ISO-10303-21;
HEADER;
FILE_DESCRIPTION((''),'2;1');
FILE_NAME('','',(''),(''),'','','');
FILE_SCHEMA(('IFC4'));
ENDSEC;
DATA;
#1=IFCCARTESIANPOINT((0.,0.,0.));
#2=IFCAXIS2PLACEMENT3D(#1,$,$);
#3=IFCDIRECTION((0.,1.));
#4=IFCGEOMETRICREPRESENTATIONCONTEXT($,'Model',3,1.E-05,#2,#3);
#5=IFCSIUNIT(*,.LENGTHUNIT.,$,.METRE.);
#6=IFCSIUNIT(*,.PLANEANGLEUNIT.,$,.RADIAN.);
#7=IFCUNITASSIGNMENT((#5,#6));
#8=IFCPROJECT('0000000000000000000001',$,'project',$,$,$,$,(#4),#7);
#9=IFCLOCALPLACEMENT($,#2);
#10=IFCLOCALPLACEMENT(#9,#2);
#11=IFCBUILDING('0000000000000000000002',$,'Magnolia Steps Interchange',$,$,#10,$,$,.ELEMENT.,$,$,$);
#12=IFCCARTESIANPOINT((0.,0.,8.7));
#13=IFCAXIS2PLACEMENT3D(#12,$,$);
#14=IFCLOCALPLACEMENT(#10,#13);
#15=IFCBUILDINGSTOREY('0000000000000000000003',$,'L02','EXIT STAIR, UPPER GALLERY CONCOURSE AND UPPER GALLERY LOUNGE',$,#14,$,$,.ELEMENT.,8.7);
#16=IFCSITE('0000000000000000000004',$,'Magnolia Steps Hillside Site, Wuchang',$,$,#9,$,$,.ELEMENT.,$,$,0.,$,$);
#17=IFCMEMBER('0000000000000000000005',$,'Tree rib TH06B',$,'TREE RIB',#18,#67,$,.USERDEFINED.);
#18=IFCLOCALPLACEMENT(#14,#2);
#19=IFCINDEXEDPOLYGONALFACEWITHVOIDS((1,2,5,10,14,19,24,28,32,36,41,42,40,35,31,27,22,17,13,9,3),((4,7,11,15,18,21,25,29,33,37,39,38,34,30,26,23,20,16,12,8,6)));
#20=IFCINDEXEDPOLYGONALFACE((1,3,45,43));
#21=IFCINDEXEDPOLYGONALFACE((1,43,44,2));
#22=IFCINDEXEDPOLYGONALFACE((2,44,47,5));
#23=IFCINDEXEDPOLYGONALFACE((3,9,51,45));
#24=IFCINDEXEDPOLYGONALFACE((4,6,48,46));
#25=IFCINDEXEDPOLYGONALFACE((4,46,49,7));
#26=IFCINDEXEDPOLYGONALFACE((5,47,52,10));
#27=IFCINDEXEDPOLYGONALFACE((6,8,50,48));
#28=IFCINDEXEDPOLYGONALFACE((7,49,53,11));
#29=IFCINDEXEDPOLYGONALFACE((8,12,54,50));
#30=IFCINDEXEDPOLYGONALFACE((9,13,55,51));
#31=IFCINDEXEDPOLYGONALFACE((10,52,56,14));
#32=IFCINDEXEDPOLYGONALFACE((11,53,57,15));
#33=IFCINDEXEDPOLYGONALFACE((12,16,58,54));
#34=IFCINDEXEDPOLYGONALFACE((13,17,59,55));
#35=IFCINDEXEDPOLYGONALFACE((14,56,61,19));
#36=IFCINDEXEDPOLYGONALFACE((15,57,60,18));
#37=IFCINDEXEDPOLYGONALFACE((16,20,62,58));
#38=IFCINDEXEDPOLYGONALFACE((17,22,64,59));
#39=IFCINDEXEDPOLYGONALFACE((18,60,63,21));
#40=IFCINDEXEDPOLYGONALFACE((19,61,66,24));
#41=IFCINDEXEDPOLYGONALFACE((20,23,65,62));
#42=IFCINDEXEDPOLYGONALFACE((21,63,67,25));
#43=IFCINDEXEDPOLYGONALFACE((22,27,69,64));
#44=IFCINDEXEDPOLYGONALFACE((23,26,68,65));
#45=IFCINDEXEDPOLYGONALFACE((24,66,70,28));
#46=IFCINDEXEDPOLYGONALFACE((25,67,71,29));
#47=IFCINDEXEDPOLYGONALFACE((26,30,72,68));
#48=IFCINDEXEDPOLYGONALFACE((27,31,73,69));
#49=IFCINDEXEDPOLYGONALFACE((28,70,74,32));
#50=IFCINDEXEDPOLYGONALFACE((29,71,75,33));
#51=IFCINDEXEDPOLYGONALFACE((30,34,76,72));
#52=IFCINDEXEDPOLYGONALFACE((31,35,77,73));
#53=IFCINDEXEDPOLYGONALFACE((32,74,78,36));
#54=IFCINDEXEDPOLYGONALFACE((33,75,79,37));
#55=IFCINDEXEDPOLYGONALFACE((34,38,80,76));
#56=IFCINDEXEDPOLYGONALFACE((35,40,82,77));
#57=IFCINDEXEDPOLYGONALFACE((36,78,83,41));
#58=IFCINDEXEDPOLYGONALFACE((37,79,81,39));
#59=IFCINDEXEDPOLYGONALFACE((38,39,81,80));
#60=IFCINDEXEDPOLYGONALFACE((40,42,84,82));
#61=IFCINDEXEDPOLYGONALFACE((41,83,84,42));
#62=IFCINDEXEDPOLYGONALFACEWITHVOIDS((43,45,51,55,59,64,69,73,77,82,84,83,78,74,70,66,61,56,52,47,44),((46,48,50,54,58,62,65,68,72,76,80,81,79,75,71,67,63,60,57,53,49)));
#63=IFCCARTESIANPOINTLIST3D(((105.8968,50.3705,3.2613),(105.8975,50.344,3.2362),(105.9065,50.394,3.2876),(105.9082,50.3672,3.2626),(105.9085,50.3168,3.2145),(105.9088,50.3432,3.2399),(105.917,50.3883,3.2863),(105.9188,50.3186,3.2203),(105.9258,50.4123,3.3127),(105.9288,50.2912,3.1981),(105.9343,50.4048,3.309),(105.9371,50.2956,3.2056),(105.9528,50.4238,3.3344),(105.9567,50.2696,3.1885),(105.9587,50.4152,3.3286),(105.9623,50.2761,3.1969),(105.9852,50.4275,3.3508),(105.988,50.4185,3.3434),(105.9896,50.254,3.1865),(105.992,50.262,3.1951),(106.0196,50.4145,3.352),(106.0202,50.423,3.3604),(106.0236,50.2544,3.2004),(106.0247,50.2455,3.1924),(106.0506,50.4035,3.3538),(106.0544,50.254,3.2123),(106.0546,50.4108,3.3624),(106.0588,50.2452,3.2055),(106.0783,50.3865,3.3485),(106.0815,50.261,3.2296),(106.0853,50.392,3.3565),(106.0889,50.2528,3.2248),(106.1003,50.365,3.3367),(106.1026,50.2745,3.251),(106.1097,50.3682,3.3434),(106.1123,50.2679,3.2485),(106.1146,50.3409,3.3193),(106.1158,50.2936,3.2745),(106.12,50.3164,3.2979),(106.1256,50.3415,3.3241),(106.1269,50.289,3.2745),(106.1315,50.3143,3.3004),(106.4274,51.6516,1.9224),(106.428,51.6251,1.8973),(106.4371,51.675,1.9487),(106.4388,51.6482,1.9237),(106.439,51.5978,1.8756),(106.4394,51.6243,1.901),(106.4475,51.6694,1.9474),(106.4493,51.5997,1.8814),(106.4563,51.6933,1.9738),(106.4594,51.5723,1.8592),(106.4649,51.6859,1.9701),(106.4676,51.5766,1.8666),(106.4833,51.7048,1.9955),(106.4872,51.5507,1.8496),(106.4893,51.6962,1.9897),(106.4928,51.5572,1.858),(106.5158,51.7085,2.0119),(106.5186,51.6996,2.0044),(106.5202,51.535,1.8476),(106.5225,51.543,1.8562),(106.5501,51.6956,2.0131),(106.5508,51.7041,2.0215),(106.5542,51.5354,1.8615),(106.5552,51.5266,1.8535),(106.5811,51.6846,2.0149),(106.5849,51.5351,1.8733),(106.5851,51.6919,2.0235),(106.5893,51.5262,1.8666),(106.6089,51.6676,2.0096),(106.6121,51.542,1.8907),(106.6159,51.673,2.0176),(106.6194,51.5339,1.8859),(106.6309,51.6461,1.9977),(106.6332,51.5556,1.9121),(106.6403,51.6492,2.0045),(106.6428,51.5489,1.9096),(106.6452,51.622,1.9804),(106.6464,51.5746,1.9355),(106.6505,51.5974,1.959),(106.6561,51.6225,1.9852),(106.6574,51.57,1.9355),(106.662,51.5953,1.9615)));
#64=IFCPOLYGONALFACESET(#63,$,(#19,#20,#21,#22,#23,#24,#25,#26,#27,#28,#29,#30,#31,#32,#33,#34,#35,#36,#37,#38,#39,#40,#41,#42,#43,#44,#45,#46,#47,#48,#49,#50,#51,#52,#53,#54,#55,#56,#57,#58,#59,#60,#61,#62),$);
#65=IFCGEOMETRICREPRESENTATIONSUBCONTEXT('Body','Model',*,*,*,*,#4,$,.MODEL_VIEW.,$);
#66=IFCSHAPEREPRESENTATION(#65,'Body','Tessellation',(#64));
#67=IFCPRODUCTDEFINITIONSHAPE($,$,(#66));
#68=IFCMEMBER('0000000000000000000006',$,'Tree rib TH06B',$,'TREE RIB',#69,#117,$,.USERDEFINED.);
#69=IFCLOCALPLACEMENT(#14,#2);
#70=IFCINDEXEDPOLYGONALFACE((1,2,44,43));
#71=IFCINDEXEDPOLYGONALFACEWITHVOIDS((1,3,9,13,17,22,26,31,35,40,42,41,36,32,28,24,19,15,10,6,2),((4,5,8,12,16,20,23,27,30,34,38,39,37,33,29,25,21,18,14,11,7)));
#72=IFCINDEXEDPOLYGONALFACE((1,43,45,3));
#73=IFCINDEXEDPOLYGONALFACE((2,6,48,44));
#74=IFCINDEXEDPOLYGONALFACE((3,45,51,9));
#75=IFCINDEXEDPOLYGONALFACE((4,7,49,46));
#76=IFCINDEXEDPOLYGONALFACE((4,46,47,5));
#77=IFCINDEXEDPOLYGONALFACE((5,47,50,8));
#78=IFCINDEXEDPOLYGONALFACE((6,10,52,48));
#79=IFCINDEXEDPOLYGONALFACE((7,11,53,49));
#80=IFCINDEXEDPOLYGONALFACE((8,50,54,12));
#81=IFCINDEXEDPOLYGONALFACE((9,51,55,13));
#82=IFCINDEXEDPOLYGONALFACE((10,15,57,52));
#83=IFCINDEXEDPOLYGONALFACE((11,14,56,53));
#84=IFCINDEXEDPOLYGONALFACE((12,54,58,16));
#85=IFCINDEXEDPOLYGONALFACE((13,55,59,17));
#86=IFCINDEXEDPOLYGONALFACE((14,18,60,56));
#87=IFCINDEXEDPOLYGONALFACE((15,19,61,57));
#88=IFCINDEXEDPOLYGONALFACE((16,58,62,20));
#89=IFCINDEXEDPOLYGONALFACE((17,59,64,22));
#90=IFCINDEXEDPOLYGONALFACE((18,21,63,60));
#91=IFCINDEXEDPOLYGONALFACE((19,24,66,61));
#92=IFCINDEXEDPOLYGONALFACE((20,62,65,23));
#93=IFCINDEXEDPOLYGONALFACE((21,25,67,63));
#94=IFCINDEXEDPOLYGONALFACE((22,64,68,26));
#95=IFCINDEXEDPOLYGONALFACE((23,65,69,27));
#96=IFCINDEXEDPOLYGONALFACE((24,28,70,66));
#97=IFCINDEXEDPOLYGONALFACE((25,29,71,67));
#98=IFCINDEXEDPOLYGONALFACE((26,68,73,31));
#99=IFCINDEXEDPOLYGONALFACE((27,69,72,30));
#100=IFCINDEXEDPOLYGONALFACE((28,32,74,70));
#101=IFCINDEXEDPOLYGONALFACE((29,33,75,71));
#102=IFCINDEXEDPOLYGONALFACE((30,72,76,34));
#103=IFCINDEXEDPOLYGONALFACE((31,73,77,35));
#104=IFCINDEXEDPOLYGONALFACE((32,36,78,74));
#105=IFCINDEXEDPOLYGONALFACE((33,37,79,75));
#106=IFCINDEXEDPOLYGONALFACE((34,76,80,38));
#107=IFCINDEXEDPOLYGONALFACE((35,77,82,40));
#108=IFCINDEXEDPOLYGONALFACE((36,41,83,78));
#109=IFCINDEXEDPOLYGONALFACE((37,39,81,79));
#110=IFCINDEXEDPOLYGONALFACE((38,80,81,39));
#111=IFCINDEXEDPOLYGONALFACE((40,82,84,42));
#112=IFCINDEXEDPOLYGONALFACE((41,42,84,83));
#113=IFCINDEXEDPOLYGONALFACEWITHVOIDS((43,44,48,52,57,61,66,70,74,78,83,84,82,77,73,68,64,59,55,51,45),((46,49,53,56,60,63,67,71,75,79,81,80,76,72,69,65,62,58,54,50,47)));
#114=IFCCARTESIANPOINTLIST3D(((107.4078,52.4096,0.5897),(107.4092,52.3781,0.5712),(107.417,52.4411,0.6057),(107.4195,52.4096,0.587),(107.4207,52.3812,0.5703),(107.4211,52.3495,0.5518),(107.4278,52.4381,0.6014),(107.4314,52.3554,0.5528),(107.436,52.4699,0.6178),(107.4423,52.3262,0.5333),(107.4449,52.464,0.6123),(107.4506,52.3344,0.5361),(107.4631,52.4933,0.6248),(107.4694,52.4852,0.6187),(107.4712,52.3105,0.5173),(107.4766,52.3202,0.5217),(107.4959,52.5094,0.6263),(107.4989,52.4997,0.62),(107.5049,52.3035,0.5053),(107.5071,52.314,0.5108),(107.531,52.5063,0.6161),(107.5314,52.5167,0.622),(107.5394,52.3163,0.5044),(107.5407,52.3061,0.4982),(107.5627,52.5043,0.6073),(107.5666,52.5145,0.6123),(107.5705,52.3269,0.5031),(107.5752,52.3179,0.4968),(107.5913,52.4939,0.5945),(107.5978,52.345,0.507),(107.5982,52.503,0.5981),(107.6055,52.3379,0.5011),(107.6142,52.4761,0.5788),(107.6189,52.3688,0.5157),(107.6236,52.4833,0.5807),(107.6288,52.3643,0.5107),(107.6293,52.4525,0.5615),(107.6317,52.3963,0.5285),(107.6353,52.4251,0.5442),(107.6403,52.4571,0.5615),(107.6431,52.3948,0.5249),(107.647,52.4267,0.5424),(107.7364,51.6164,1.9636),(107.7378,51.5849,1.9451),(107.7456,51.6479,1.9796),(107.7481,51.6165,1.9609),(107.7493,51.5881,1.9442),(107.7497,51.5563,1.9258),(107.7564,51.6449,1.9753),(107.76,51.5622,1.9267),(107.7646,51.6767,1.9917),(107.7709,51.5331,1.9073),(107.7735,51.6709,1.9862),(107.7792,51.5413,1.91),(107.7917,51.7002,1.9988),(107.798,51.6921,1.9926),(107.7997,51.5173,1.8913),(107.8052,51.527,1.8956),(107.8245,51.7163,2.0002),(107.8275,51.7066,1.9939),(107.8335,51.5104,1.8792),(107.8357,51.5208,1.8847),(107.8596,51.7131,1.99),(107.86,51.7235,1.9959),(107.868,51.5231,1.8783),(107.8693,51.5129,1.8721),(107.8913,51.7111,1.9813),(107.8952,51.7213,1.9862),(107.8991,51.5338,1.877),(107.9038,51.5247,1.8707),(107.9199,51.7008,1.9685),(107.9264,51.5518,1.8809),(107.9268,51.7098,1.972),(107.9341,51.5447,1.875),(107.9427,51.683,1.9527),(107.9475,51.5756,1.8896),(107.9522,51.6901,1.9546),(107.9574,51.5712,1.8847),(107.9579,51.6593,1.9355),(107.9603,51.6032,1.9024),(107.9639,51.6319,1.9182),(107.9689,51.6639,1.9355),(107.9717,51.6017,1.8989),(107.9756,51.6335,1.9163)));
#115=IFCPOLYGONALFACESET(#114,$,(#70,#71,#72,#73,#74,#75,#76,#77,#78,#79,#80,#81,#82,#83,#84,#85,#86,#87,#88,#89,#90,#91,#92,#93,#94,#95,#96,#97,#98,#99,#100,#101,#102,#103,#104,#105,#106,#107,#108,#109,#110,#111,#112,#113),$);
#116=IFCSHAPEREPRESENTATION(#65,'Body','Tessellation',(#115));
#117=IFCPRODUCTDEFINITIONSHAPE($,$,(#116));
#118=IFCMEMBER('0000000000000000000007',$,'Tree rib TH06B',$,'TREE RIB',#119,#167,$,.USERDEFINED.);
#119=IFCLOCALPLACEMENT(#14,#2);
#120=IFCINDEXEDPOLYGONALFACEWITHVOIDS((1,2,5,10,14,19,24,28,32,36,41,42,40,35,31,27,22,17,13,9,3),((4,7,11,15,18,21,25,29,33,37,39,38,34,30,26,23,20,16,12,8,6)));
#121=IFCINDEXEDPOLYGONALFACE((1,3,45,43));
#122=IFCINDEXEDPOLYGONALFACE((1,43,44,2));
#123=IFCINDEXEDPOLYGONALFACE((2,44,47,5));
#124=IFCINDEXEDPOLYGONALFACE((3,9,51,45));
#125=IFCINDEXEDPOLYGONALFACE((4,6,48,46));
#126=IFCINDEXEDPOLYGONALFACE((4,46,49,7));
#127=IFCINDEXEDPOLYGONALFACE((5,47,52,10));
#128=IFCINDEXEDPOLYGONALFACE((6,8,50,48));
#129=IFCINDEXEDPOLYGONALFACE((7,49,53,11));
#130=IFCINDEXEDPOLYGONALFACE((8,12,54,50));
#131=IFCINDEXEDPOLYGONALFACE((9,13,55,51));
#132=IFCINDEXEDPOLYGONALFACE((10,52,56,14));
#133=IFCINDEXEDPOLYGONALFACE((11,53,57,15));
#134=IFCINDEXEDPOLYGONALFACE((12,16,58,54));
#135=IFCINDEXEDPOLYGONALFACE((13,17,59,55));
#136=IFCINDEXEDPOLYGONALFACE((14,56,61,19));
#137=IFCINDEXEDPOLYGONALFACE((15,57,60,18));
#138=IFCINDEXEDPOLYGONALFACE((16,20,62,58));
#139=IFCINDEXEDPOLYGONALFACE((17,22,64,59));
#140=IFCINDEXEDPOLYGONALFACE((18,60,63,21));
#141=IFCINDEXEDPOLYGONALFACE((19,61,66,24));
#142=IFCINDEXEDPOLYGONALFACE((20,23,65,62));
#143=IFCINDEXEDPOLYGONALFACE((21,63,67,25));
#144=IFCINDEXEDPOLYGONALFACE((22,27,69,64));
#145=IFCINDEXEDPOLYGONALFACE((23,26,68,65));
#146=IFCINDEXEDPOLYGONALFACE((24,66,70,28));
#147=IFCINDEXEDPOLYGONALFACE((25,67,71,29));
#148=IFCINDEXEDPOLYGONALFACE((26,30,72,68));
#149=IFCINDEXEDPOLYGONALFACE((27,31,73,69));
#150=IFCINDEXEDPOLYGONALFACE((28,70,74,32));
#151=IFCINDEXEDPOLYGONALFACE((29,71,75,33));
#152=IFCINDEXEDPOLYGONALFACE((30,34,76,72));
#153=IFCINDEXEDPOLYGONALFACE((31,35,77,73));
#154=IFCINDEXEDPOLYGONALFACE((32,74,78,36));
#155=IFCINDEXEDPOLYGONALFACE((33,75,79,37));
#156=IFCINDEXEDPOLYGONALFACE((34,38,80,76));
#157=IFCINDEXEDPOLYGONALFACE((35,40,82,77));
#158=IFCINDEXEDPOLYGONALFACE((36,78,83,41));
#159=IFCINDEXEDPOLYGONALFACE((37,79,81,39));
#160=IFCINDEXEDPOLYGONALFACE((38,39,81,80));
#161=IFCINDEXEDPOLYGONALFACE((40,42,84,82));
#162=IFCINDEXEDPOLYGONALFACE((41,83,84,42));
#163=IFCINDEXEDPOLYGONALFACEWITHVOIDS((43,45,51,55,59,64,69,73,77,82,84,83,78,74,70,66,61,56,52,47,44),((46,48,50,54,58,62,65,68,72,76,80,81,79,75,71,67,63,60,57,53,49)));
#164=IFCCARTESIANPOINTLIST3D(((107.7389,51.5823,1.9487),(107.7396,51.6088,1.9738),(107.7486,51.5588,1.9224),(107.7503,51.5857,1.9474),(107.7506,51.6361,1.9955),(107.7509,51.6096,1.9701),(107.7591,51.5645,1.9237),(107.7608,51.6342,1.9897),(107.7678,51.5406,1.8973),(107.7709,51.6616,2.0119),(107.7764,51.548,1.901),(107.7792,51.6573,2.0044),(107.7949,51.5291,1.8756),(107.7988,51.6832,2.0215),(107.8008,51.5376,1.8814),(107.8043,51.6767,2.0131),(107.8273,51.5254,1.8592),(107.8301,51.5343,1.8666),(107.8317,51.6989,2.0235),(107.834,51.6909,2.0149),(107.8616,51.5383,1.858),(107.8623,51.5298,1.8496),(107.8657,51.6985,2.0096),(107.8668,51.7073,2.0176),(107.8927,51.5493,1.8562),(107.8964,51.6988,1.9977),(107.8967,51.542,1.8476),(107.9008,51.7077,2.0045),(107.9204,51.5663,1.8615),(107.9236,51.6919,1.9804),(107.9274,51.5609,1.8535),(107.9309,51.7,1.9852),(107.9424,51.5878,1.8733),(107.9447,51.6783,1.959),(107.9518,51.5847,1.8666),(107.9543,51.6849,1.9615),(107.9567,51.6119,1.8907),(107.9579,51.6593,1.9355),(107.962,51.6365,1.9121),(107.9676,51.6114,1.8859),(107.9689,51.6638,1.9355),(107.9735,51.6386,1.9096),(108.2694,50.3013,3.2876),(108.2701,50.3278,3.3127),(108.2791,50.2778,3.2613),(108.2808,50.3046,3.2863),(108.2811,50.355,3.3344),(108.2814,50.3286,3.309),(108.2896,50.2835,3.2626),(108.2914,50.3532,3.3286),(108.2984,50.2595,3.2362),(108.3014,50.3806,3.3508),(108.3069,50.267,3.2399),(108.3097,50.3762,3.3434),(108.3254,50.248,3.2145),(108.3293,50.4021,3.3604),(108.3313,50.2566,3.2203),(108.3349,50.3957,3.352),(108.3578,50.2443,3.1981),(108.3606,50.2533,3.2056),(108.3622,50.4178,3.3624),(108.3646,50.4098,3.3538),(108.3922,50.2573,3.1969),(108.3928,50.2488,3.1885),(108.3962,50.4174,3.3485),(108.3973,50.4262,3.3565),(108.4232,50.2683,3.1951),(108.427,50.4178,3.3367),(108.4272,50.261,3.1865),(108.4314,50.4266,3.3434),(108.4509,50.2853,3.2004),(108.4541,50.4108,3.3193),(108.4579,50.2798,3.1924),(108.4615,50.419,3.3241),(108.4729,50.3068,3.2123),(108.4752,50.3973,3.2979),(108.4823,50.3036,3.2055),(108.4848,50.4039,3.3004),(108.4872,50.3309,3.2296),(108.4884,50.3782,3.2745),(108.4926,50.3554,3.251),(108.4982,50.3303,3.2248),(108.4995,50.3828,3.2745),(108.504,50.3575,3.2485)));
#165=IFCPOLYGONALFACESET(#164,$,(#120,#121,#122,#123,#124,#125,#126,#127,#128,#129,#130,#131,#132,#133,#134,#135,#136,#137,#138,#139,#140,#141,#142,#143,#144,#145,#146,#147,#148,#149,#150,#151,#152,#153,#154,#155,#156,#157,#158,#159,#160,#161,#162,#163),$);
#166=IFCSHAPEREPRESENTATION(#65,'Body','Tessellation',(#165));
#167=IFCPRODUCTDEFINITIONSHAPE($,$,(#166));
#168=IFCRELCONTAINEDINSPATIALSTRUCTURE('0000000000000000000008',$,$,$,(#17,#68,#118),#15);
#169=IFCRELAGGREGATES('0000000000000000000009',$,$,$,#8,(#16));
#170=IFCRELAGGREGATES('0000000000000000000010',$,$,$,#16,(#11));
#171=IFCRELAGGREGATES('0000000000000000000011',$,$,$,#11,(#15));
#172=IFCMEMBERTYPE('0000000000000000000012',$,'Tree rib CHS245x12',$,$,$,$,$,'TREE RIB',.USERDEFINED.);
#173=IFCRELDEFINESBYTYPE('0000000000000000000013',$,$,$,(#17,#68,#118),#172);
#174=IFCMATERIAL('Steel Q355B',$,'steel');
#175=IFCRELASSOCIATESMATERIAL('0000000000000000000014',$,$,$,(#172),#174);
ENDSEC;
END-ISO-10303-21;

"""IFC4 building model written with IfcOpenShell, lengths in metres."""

from ifc_helpers import new_model, si_unit, direction, frame, origin, origin_2d, place, context, subcontext, project, spatial, hollow_circle, extrude, material, material_profile, profile_set, type_object, element, save


model = new_model("IFC4")

# Units and contexts
model_context = context("Model", 3, precision=1e-05, world=origin(), true_north=direction((0.0, 1.0)))
body_context = subcontext(model_context, "Body", "Model", "MODEL_VIEW")
ifc_project = project(units=[si_unit("LENGTHUNIT", "METRE"), si_unit("PLANEANGLEUNIT", "RADIAN")], contexts=[model_context])

# Site, building, storey
site_placement = place(None, origin())
site = spatial("IfcSite", under=ifc_project, at=site_placement, Name="Magnolia Steps Hillside Site, Wuchang", CompositionType="ELEMENT", RefElevation=0.0)
building_placement = place(site_placement, origin())
building = spatial("IfcBuilding", under=site, at=building_placement, Name="Magnolia Steps Interchange", CompositionType="ELEMENT")
storey_placement = place(building_placement, frame((0.0, 0.0, 8.7)))
storey = spatial("IfcBuildingStorey", under=building, at=storey_placement, Name="L02", Description="EXIT STAIR, UPPER GALLERY CONCOURSE AND UPPER GALLERY LOUNGE", CompositionType="ELEMENT", Elevation=8.7)

# Members
ifc_material_1 = material(Name="Steel Q355B", Category="steel")
ifc_material_profile_1 = material_profile(ifc_material_1, hollow_circle(Radius=0.1226, WallThickness=0.012, at=origin_2d()), Name="CHS245x12")
ifc_profile_set_1 = profile_set([ifc_material_profile_1], Name="Steel Q355B")
member_type = type_object("IfcMemberType", Name="Tree rib CHS245x12", ElementType="TREE RIB", PredefinedType="USERDEFINED", material=ifc_profile_set_1)
member_1_placement = place(storey_placement, frame((106.5442, 51.6169, 1.9355), z_axis=(-0.275246, -0.664618, 0.694638), x_axis=(0.923903, -0.382627, 0.0)))
element("IfcMember", 1, at=member_1_placement, inside=storey, type_object=member_type, Name="Tree rib TH06B", ObjectType="TREE RIB", PredefinedType="USERDEFINED", context=body_context, shape_type="SweptSolid", body=[
    extrude(hollow_circle(Radius=0.1226, WallThickness=0.012, at=origin_2d()), origin(), (0.0, 0.0, 1.0), 1.9275),
])
member_2_placement = place(storey_placement, frame((107.5271, 52.4102, 0.5615), z_axis=(0.20282, -0.489571, 0.848047), x_axis=(0.923857, 0.382737, 0.0)))
element("IfcMember", 2, at=member_2_placement, inside=storey, type_object=member_type, Name="Tree rib TH06B", ObjectType="TREE RIB", PredefinedType="USERDEFINED", context=body_context, shape_type="SweptSolid", body=[
    extrude(hollow_circle(Radius=0.1226, WallThickness=0.012, at=origin_2d()), origin(), (0.0, 0.0, 1.0), 1.6201),
])
member_3_placement = place(storey_placement, frame((107.8557, 51.6169, 1.9355), z_axis=(0.275246, -0.664618, 0.694638), x_axis=(0.923903, 0.382627, 0.0)))
element("IfcMember", 3, at=member_3_placement, inside=storey, type_object=member_type, Name="Tree rib TH06B", ObjectType="TREE RIB", PredefinedType="USERDEFINED", context=body_context, shape_type="SweptSolid", body=[
    extrude(hollow_circle(Radius=0.1226, WallThickness=0.012, at=origin_2d()), origin(), (0.0, 0.0, 1.0), 1.9275),
])

save(model, "model.ifc")
